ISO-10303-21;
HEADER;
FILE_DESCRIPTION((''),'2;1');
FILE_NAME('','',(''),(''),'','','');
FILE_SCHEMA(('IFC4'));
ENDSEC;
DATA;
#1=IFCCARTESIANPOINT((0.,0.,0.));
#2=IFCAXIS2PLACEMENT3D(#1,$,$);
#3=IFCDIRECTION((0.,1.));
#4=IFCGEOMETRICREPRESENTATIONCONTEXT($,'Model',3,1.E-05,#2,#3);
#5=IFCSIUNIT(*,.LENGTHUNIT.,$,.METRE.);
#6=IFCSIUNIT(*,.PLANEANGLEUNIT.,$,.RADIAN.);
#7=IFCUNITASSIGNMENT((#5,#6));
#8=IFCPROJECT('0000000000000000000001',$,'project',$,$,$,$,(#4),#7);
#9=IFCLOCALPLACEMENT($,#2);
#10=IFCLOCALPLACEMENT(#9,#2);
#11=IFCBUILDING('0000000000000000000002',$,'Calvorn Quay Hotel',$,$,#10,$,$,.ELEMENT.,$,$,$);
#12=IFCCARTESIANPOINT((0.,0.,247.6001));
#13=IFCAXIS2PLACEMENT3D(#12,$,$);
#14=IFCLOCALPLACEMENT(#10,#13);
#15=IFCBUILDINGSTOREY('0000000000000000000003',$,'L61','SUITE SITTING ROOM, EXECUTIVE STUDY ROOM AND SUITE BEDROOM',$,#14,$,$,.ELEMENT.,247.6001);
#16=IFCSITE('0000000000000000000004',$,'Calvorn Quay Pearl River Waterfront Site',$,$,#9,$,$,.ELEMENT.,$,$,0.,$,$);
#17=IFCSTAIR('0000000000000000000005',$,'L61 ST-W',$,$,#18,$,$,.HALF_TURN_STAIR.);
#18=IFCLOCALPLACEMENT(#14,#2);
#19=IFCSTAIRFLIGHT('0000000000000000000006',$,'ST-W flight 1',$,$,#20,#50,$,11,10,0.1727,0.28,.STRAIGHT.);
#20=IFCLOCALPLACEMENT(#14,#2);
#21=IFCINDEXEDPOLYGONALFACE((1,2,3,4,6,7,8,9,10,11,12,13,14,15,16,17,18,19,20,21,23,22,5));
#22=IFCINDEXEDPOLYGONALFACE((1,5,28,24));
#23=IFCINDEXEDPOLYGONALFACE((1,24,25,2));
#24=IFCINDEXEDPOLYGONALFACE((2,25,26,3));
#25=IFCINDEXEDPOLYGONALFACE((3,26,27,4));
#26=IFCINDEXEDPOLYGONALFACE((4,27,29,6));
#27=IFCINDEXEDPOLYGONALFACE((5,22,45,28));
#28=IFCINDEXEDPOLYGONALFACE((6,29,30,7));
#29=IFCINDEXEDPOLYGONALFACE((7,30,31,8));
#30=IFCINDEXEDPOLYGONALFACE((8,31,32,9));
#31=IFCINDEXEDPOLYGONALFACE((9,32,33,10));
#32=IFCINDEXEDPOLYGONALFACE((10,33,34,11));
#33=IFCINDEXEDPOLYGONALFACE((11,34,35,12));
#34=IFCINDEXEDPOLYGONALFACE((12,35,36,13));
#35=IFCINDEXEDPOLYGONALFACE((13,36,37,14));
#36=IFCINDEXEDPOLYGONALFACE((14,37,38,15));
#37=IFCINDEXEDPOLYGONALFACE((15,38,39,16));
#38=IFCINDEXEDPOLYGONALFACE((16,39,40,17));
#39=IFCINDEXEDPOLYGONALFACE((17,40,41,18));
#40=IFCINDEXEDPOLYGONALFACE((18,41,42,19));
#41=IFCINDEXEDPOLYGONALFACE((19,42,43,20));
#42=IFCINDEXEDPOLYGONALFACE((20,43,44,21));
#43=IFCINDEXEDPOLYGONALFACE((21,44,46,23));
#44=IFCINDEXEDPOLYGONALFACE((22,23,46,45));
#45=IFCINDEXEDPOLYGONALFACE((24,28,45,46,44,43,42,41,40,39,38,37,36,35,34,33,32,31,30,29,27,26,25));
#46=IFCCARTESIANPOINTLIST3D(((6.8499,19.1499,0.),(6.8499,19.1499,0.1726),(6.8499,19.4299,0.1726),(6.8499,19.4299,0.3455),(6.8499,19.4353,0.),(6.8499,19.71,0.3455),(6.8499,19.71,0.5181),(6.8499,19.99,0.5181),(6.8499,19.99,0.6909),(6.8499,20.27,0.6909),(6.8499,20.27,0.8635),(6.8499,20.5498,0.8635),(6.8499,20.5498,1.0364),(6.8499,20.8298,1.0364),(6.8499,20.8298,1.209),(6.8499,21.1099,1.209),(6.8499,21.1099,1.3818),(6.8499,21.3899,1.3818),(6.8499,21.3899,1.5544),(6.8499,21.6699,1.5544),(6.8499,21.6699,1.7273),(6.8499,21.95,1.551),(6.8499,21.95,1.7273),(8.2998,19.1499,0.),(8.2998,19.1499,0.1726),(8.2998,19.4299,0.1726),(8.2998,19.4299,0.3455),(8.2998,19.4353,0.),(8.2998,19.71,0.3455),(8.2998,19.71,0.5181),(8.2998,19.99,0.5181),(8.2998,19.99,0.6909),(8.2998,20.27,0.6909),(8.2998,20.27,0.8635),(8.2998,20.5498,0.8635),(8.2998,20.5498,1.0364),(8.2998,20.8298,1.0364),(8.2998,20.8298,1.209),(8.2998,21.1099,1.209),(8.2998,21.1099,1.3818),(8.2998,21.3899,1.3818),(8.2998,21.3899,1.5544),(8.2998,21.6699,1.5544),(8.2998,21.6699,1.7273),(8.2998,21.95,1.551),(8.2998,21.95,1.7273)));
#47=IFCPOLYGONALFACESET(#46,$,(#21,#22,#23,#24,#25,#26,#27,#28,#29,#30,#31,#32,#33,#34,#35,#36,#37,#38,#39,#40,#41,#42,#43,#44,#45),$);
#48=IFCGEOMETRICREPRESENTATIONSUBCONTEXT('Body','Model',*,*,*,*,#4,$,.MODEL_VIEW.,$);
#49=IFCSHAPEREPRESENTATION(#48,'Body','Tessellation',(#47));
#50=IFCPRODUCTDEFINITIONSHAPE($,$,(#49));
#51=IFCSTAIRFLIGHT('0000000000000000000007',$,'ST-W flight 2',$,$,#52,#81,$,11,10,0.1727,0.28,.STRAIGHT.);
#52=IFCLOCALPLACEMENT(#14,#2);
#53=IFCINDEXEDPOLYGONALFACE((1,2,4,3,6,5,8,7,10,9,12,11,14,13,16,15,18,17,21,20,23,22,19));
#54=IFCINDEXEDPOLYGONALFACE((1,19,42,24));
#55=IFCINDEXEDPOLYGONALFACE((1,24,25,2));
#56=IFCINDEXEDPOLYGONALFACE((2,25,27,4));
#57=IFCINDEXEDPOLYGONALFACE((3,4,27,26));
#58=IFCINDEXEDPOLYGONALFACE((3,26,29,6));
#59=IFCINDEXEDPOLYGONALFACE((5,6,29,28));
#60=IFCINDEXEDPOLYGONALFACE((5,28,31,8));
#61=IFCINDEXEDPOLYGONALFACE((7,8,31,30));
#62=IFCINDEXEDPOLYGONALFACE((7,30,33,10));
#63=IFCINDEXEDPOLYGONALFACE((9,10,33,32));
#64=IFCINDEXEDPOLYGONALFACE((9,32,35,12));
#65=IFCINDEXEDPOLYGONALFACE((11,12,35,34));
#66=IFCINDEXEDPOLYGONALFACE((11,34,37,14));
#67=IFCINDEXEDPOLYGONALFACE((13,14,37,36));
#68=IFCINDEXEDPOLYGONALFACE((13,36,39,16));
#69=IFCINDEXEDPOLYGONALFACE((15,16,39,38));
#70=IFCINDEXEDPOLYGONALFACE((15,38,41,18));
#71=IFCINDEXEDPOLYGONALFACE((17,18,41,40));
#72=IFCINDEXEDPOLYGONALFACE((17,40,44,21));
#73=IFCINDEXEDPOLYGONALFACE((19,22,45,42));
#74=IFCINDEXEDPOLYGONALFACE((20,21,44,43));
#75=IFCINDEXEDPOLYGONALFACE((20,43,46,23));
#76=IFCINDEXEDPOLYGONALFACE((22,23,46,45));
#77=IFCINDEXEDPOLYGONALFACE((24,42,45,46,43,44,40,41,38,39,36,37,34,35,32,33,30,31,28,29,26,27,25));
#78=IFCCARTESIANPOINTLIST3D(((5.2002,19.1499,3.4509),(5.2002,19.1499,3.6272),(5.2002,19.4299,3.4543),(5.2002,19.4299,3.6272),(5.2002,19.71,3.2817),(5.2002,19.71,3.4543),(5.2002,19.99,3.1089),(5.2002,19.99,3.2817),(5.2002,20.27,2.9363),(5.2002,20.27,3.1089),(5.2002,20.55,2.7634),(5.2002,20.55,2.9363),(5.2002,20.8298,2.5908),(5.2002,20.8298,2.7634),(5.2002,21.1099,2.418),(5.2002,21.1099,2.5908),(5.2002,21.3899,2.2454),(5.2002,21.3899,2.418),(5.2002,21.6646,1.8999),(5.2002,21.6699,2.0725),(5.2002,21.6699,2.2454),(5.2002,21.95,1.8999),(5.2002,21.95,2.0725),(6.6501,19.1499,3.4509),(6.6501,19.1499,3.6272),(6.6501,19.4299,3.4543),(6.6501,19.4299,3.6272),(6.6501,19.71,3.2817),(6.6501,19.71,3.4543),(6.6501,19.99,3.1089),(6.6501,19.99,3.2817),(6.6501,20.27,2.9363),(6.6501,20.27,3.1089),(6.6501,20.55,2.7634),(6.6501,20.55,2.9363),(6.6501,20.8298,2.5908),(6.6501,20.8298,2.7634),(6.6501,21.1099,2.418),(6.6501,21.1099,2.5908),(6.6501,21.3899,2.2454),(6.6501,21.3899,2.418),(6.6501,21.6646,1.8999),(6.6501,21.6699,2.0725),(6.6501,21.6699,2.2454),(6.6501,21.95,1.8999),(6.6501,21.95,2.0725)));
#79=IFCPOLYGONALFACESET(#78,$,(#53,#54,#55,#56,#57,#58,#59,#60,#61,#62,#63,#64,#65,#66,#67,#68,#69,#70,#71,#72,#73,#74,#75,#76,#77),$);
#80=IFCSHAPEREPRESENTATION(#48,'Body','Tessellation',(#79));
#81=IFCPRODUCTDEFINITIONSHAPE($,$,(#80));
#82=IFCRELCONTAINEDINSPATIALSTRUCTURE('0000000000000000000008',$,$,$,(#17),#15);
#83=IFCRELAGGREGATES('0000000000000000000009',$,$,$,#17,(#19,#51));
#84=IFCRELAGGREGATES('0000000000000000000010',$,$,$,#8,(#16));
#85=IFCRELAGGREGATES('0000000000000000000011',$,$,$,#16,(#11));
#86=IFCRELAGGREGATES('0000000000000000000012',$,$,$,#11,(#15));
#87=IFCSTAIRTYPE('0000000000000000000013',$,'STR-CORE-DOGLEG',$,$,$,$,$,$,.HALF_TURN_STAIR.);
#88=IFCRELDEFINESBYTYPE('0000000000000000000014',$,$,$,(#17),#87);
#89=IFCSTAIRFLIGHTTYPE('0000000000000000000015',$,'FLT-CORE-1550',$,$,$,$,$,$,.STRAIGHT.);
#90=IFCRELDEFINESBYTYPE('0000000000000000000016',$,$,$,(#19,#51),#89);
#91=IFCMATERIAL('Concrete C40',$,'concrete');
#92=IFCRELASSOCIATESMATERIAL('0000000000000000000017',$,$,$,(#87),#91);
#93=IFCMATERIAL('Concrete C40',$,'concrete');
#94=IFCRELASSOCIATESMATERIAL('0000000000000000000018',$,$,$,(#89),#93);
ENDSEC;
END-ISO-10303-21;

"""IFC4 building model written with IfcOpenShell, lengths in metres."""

from ifc_helpers import new_model, si_unit, direction, frame, origin, place, context, subcontext, project, spatial, polyline, outline, extrude, material, type_object, element, aggregate, save


model = new_model("IFC4")

# Units and contexts
model_context = context("Model", 3, precision=1e-05, world=origin(), true_north=direction((0.0, 1.0)))
body_context = subcontext(model_context, "Body", "Model", "MODEL_VIEW")
ifc_project = project(units=[si_unit("LENGTHUNIT", "METRE"), si_unit("PLANEANGLEUNIT", "RADIAN")], contexts=[model_context])

# Site, building, storey
site_placement = place(None, origin())
site = spatial("IfcSite", under=ifc_project, at=site_placement, Name="Calvorn Quay Pearl River Waterfront Site", CompositionType="ELEMENT", RefElevation=0.0)
building_placement = place(site_placement, origin())
building = spatial("IfcBuilding", under=site, at=building_placement, Name="Calvorn Quay Hotel", CompositionType="ELEMENT")
storey_placement = place(building_placement, frame((0.0, 0.0, 247.6001)))
storey = spatial("IfcBuildingStorey", under=building, at=storey_placement, Name="L61", Description="SUITE SITTING ROOM, EXECUTIVE STUDY ROOM AND SUITE BEDROOM", CompositionType="ELEMENT", Elevation=247.6001)

# Stair, stair flights
ifc_material_1 = material(Name="Concrete C40", Category="concrete")
stair_type = type_object("IfcStairType", Name="STR-CORE-DOGLEG", PredefinedType="HALF_TURN_STAIR", material=ifc_material_1)
stair_placement = place(storey_placement, origin())
stair = element("IfcStair", 1, at=stair_placement, inside=storey, type_object=stair_type, Name="L61 ST-W", PredefinedType="HALF_TURN_STAIR")
ifc_material_2 = material(Name="Concrete C40", Category="concrete")
stair_flight_type = type_object("IfcStairFlightType", Name="FLT-CORE-1550", PredefinedType="STRAIGHT", material=ifc_material_2)
stair_flight_1_placement = place(storey_placement, frame((7.575, 19.1499, 0.0), z_axis=(0.0, 0.0, 1.0), x_axis=(0.0, 1.0, 0.0)))
stair_flight_1 = element("IfcStairFlight", 2, at=stair_flight_1_placement, type_object=stair_flight_type, Name="ST-W flight 1", NumberOfRisers=11, NumberOfTreads=10, PredefinedType="STRAIGHT", RiserHeight=0.1727, TreadLength=0.28, context=body_context, shape_type="SweptSolid", body=[
    extrude(outline(polyline([(0.0, 0.0), (0.0, 0.1726), (0.28, 0.1726), (0.28, 0.3455), (0.5601, 0.3455), (0.5601, 0.5181), (0.8401, 0.5181), (0.8401, 0.6909), (1.1201, 0.6909), (1.1201, 0.8635), (1.3999, 0.8635), (1.3999, 1.0364), (1.6799, 1.0364), (1.6799, 1.209), (1.96, 1.209), (1.96, 1.3818), (2.24, 1.3818), (2.24, 1.5544), (2.52, 1.5544), (2.52, 1.7273), (2.8, 1.7273), (2.8, 1.8999), (2.8, 1.551), (0.2854, 0.0), (0.0, 0.0)])), frame((0.0, 0.7251, 0.0), z_axis=(0.0, -1.0, 0.0), x_axis=(1.0, 0.0, 0.0)), (0.0, 0.0, 1.0), 1.45),
])
stair_flight_2_placement = place(storey_placement, frame((5.925, 21.95, 1.8999), z_axis=(0.0, 0.0, 1.0), x_axis=(0.0, -1.0, 0.0)))
stair_flight_2 = element("IfcStairFlight", 3, at=stair_flight_2_placement, type_object=stair_flight_type, Name="ST-W flight 2", NumberOfRisers=11, NumberOfTreads=10, PredefinedType="STRAIGHT", RiserHeight=0.1727, TreadLength=0.28, context=body_context, shape_type="SweptSolid", body=[
    extrude(outline(polyline([(0.0, 0.0), (0.0, 0.1726), (0.28, 0.1726), (0.28, 0.3455), (0.5601, 0.3455), (0.5601, 0.5181), (0.8401, 0.5181), (0.8401, 0.6909), (1.1201, 0.6909), (1.1201, 0.8635), (1.3999, 0.8635), (1.3999, 1.0364), (1.6799, 1.0364), (1.6799, 1.209), (1.96, 1.209), (1.96, 1.3818), (2.24, 1.3818), (2.24, 1.5544), (2.52, 1.5544), (2.52, 1.7273), (2.8, 1.7273), (2.8, 1.8999), (2.8, 1.551), (0.2854, 0.0), (0.0, 0.0)])), frame((0.0, 0.7251, 0.0), z_axis=(0.0, -1.0, 0.0), x_axis=(1.0, 0.0, 0.0)), (0.0, 0.0, 1.0), 1.45),
])
aggregate(stair, [stair_flight_1, stair_flight_2])

save(model, "model.ifc")
